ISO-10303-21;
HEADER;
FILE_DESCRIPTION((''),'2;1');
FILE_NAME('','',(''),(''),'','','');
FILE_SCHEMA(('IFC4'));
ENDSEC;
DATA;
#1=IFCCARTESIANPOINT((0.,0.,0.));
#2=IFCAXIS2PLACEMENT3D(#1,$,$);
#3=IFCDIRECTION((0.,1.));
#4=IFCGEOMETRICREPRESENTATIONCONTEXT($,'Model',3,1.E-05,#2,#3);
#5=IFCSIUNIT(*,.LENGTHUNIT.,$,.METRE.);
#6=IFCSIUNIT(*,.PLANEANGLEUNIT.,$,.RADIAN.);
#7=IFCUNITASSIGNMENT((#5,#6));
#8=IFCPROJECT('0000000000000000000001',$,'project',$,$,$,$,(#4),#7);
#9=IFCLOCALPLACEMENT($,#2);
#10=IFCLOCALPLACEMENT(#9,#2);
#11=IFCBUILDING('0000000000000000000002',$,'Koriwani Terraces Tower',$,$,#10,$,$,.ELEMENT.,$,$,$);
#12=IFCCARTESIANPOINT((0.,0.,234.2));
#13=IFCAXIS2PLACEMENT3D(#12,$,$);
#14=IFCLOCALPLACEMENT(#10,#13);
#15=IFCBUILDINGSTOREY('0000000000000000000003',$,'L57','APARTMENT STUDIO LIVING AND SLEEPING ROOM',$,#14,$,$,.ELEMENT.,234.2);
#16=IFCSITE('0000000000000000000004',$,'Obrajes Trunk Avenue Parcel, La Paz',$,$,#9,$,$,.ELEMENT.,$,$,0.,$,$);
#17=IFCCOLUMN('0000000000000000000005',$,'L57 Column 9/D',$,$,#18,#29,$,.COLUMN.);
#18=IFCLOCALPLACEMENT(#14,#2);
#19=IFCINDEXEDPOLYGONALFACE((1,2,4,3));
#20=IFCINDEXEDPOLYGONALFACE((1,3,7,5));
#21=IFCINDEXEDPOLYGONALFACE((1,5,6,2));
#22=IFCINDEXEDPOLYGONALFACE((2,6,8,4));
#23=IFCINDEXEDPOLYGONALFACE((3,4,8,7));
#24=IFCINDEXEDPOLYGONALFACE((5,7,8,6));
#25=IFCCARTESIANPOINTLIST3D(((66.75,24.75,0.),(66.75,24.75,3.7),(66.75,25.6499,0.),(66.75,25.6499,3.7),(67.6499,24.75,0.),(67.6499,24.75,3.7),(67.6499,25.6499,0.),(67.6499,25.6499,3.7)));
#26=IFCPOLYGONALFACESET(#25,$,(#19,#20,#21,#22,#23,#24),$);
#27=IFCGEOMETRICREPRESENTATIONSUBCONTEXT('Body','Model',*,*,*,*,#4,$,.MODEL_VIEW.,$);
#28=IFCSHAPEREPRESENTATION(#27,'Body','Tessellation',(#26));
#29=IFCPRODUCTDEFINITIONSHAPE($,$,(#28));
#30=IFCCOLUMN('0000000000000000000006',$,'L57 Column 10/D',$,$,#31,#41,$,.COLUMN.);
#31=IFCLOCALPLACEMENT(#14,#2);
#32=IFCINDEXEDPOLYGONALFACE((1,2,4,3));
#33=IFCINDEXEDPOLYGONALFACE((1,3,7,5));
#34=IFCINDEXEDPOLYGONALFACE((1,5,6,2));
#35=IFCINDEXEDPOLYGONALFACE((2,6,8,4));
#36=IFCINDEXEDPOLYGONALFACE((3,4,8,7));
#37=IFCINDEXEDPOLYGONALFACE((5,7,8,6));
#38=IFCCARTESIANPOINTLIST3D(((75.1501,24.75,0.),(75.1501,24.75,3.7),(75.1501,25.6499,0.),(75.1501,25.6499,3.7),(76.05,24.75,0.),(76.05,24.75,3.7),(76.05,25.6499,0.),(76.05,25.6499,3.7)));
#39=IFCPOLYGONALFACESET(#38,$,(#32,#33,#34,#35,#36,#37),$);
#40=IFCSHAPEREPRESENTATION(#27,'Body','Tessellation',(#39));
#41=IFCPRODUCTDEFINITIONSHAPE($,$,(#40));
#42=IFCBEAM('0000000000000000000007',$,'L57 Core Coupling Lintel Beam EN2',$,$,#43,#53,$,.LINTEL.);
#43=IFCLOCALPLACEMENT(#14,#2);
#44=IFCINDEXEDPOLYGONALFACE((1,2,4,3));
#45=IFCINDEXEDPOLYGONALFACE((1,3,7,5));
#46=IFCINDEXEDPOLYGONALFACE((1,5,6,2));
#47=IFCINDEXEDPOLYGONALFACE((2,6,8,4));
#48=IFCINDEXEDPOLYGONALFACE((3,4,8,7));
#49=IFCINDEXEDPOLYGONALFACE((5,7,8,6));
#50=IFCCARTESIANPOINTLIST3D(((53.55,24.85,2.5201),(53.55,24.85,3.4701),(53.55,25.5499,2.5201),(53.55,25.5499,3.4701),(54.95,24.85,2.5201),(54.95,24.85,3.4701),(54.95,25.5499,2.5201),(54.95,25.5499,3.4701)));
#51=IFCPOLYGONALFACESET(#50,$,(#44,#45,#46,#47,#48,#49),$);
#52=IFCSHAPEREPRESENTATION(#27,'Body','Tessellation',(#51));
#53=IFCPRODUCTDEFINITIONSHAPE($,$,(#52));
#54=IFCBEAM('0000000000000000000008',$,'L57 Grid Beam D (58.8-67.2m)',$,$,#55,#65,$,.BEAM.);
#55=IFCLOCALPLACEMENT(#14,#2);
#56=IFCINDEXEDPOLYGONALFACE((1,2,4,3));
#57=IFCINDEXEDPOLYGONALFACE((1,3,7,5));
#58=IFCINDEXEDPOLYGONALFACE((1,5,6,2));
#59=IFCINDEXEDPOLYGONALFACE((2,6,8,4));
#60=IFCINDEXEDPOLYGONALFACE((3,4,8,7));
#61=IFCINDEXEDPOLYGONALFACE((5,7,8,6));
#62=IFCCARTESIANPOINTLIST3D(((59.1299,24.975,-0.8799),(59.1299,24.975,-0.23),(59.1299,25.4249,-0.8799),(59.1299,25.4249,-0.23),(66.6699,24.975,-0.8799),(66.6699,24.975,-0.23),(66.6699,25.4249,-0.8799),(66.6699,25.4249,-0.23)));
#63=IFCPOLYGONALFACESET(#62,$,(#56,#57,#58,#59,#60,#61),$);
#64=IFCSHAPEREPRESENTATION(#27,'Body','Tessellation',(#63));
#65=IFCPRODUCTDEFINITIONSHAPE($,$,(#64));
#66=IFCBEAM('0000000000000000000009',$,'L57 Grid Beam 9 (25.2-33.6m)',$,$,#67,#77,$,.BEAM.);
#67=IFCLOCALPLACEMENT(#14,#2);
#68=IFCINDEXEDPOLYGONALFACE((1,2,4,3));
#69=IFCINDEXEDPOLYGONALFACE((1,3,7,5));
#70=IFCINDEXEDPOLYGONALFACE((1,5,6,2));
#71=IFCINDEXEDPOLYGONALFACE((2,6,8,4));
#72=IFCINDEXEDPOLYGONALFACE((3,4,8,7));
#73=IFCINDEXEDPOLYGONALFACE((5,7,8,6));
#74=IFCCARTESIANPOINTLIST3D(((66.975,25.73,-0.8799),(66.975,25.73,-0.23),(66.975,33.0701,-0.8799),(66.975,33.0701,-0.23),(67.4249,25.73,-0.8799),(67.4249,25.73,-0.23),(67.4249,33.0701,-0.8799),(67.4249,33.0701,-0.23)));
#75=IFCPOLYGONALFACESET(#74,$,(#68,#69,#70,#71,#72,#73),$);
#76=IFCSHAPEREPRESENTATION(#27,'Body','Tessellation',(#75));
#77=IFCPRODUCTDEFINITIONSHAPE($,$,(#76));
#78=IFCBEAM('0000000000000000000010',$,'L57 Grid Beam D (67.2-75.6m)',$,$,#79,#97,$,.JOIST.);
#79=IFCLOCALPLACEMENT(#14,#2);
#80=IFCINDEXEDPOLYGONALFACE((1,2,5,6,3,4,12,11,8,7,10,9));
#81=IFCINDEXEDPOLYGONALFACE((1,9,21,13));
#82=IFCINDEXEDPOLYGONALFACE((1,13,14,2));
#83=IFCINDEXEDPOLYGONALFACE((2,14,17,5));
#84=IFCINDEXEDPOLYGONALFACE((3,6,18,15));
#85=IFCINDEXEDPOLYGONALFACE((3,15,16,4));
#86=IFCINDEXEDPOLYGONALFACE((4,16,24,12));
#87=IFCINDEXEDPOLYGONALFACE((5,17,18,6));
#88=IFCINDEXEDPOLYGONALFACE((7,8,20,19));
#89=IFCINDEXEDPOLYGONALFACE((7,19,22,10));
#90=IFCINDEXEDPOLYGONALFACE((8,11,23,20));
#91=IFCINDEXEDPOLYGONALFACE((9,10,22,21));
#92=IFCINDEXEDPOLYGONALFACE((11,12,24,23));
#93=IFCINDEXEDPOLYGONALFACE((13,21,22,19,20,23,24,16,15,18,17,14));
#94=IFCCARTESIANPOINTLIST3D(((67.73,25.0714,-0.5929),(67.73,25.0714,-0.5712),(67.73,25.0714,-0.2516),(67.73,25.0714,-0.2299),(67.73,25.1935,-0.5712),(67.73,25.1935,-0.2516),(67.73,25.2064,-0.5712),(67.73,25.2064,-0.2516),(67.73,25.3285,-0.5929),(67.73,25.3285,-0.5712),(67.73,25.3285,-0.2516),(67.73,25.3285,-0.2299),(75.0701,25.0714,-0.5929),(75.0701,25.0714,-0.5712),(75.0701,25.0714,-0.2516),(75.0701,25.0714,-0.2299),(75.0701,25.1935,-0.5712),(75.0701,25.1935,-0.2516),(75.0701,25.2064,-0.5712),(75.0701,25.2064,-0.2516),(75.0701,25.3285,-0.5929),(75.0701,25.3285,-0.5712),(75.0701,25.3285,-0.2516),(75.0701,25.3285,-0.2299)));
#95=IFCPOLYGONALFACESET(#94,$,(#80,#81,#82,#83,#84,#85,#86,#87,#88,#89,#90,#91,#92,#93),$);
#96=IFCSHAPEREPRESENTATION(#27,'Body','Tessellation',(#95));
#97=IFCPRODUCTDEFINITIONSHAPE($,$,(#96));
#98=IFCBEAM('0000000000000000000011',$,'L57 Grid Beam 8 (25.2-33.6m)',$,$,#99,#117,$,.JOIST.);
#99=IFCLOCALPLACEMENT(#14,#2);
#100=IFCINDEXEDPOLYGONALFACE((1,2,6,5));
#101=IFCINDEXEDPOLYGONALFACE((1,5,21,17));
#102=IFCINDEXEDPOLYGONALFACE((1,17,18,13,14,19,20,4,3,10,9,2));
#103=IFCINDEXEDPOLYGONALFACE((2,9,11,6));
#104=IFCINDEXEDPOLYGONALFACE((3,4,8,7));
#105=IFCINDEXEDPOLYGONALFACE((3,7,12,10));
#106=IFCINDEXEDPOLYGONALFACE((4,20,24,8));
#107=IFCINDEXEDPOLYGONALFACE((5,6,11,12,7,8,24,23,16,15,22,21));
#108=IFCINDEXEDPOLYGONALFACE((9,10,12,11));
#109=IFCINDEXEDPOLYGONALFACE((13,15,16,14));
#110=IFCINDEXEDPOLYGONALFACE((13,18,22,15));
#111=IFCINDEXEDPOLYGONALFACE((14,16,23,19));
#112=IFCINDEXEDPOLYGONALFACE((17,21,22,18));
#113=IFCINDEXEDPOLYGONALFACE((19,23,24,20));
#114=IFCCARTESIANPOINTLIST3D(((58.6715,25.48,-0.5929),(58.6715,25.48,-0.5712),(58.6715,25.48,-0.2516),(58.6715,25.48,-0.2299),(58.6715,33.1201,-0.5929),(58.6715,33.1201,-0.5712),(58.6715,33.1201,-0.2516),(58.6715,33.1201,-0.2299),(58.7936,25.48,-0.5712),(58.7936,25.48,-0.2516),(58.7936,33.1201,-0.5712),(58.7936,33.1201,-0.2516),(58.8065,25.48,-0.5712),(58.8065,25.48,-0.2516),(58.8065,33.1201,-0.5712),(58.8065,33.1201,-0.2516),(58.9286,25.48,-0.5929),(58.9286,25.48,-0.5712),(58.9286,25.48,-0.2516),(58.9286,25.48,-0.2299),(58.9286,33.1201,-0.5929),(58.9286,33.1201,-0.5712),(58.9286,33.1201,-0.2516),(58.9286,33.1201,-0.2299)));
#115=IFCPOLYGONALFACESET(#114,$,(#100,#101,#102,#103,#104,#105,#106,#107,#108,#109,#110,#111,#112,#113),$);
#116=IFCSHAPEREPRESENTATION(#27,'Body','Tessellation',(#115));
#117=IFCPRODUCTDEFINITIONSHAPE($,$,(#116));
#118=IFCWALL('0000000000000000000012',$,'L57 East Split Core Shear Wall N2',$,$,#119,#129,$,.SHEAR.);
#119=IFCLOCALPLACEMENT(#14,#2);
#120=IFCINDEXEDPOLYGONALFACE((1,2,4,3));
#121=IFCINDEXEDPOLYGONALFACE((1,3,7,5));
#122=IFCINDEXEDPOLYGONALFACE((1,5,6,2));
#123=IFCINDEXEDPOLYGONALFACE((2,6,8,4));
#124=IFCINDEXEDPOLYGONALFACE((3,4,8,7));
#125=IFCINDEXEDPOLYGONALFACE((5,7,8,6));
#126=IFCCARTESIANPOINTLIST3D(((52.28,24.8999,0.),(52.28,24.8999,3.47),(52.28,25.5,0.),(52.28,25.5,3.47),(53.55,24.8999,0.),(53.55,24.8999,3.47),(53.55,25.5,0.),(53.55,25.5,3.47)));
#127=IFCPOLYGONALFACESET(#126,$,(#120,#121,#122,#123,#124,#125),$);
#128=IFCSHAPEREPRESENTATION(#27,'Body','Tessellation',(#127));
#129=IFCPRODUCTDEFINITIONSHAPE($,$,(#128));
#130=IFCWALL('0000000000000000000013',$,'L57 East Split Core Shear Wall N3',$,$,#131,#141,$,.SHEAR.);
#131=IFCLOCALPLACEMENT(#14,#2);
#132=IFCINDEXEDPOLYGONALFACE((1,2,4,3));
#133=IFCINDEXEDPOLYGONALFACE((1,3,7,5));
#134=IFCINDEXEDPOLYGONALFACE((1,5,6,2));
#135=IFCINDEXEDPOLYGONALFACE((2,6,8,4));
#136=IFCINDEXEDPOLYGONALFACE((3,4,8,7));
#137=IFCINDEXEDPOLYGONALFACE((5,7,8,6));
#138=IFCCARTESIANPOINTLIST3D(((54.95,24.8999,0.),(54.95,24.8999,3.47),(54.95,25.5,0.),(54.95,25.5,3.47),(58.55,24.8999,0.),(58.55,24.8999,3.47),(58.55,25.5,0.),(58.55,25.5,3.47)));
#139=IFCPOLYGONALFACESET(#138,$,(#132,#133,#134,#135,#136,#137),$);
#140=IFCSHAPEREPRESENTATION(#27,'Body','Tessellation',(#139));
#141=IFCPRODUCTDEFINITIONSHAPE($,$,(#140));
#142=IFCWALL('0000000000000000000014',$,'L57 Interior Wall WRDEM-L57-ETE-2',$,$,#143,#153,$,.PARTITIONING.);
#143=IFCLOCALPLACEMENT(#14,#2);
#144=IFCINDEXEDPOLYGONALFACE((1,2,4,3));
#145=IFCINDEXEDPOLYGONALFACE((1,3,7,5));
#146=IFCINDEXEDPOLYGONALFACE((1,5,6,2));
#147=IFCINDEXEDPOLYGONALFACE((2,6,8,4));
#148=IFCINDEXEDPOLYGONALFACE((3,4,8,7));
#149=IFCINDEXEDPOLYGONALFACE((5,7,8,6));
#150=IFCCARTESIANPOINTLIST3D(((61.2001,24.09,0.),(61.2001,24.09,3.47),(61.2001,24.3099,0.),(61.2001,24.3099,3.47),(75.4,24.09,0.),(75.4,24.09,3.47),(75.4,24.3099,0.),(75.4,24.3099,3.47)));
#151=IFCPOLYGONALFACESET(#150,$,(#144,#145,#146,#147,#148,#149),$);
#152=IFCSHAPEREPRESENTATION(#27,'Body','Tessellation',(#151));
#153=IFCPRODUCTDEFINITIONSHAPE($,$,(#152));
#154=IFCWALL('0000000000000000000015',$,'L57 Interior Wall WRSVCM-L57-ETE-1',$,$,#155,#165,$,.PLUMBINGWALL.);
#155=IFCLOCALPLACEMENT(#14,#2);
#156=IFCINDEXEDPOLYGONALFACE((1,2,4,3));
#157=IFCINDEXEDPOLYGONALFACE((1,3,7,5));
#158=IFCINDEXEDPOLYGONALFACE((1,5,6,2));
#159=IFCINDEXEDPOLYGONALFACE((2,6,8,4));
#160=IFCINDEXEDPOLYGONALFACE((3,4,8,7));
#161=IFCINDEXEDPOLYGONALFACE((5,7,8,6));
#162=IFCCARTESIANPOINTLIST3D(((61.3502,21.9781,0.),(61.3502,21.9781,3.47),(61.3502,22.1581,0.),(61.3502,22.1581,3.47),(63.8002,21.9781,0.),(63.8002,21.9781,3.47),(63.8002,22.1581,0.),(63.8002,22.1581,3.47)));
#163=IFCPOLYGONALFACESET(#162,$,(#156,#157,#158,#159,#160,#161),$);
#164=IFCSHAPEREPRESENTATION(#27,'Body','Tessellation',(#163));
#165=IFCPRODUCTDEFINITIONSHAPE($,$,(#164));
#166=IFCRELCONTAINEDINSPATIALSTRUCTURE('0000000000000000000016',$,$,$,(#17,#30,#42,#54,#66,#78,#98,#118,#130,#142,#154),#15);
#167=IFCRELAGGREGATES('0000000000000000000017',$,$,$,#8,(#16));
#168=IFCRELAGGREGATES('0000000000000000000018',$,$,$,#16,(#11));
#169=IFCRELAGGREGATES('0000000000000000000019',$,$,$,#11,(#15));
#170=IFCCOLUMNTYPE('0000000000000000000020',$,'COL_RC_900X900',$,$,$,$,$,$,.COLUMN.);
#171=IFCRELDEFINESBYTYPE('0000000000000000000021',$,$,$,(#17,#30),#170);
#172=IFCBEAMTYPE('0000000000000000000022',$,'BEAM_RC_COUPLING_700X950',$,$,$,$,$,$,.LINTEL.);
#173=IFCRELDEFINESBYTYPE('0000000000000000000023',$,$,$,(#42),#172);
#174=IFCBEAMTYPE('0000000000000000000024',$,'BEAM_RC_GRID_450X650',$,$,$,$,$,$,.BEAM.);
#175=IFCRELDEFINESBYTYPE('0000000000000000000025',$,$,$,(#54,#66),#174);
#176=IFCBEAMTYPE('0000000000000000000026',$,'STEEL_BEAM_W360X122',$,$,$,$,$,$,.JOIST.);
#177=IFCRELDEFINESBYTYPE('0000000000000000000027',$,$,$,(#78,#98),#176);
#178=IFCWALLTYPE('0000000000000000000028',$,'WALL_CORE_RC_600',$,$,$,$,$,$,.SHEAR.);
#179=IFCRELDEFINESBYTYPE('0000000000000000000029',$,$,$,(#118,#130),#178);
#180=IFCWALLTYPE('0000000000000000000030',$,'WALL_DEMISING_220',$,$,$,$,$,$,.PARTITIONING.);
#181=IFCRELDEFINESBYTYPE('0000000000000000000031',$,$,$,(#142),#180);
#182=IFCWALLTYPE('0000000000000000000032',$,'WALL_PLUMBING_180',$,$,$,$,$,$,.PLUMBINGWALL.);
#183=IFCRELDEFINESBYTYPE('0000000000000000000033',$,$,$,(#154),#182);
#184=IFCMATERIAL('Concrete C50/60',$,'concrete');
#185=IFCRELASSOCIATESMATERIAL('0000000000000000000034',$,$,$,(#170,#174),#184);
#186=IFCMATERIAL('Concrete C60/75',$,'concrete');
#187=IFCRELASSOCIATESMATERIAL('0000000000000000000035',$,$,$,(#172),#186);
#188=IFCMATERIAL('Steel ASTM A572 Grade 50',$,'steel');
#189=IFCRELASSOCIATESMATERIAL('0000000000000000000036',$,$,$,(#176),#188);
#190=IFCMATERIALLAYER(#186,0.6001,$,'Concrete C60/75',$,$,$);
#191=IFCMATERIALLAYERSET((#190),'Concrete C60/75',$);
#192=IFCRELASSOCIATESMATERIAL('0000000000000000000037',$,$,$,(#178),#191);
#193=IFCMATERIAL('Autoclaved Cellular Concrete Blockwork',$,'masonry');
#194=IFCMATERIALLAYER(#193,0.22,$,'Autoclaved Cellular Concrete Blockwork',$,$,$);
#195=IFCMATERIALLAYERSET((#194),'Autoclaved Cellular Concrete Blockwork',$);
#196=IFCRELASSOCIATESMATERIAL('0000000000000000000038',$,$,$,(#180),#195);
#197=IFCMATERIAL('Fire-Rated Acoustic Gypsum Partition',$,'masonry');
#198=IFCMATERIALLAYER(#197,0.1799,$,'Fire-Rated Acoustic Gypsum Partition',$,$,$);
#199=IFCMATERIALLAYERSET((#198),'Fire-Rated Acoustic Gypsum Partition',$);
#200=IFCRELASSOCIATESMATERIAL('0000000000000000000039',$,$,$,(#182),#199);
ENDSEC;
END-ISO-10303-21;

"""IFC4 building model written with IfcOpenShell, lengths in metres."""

from ifc_helpers import new_model, si_unit, direction, frame, frame_2d, origin, origin_2d, place, context, subcontext, project, spatial, rectangle, i_section, extrude, material, layer, layer_set, material_profile, profile_set, type_object, element, save


model = new_model("IFC4")

# Units and contexts
model_context = context("Model", 3, precision=1e-05, world=origin(), true_north=direction((0.0, 1.0)))
body_context = subcontext(model_context, "Body", "Model", "MODEL_VIEW")
ifc_project = project(units=[si_unit("LENGTHUNIT", "METRE"), si_unit("PLANEANGLEUNIT", "RADIAN")], contexts=[model_context])

# Site, building, storey
site_placement = place(None, origin())
site = spatial("IfcSite", under=ifc_project, at=site_placement, Name="Obrajes Trunk Avenue Parcel, La Paz", CompositionType="ELEMENT", RefElevation=0.0)
building_placement = place(site_placement, origin())
building = spatial("IfcBuilding", under=site, at=building_placement, Name="Koriwani Terraces Tower", CompositionType="ELEMENT")
storey_placement = place(building_placement, frame((0.0, 0.0, 234.2)))
storey = spatial("IfcBuildingStorey", under=building, at=storey_placement, Name="L57", Description="APARTMENT STUDIO LIVING AND SLEEPING ROOM", CompositionType="ELEMENT", Elevation=234.2)

# Columns
ifc_material_1 = material(Name="Concrete C50/60", Category="concrete")
ifc_material_profile_1 = material_profile(ifc_material_1, rectangle(XDim=0.8999, YDim=0.8999, at=origin_2d()), Name="Concrete C50/60", Category="LoadBearing")
ifc_profile_set_1 = profile_set([ifc_material_profile_1], Name="Concrete C50/60")
column_type = type_object("IfcColumnType", Name="COL_RC_900X900", PredefinedType="COLUMN", material=ifc_profile_set_1)
for number, where, z_axis, x_axis, name in (
    (1, (67.2, 25.2, 0.0), (0.0, 0.0, 1.0), (1.0, 0.0, 0.0), "L57 Column 9/D"),
    (2, (75.6001, 25.2, 0.0), (0.0, 0.0, 1.0), (1.0, 0.0, 0.0), "L57 Column 10/D"),
):
    element("IfcColumn", number, at=place(storey_placement, frame(where, z_axis=z_axis, x_axis=x_axis)), inside=storey, type_object=column_type, Name=name, PredefinedType="COLUMN", context=body_context, shape_type="SweptSolid", body=[
        extrude(rectangle(XDim=0.8999, YDim=0.8999, at=origin_2d()), origin(), (0.0, 0.0, 1.0), 3.7),
    ])

# Beams
ifc_material_2 = material(Name="Concrete C60/75", Category="concrete")
ifc_material_profile_2 = material_profile(ifc_material_2, rectangle(XDim=0.7, YDim=0.95, at=origin_2d()), Name="Concrete C60/75", Category="LoadBearing")
ifc_profile_set_2 = profile_set([ifc_material_profile_2], Name="Concrete C60/75")
beam_type_1 = type_object("IfcBeamType", Name="BEAM_RC_COUPLING_700X950", PredefinedType="LINTEL", material=ifc_profile_set_2)
beam_1_placement = place(storey_placement, frame((53.55, 25.2, 2.9951), z_axis=(1.0, 0.0, 0.0), x_axis=(0.0, 1.0, 0.0)))
element("IfcBeam", 3, at=beam_1_placement, inside=storey, type_object=beam_type_1, Name="L57 Core Coupling Lintel Beam EN2", PredefinedType="LINTEL", context=body_context, shape_type="SweptSolid", body=[
    extrude(rectangle(XDim=0.7, YDim=0.95, at=origin_2d()), origin(), (0.0, 0.0, 1.0), 1.3999),
])
ifc_material_profile_3 = material_profile(ifc_material_1, rectangle(XDim=0.45, YDim=0.6499, at=origin_2d()), Name="Concrete C50/60", Category="LoadBearing")
ifc_profile_set_3 = profile_set([ifc_material_profile_3], Name="Concrete C50/60")
beam_type_2 = type_object("IfcBeamType", Name="BEAM_RC_GRID_450X650", PredefinedType="BEAM", material=ifc_profile_set_3)
beam_2_placement = place(storey_placement, frame((59.1299, 25.2, -0.5549), z_axis=(1.0, 0.0, 0.0), x_axis=(0.0, 1.0, 0.0)))
element("IfcBeam", 4, at=beam_2_placement, inside=storey, type_object=beam_type_2, Name="L57 Grid Beam D (58.8-67.2m)", PredefinedType="BEAM", context=body_context, shape_type="SweptSolid", body=[
    extrude(rectangle(XDim=0.45, YDim=0.6499, at=origin_2d()), origin(), (0.0, 0.0, 1.0), 7.54),
])
beam_3_placement = place(storey_placement, frame((67.2, 25.73, -0.5549), z_axis=(0.0, 1.0, 0.0), x_axis=(-1.0, 0.0, 0.0)))
element("IfcBeam", 5, at=beam_3_placement, inside=storey, type_object=beam_type_2, Name="L57 Grid Beam 9 (25.2-33.6m)", PredefinedType="BEAM", context=body_context, shape_type="SweptSolid", body=[
    extrude(rectangle(XDim=0.45, YDim=0.6499, at=origin_2d()), origin(), (0.0, 0.0, 1.0), 7.3401),
])
ifc_material_3 = material(Name="Steel ASTM A572 Grade 50", Category="steel")
ifc_material_profile_4 = material_profile(ifc_material_3, i_section(OverallWidth=0.2571, OverallDepth=0.363, WebThickness=0.0129, FlangeThickness=0.0217, at=origin_2d()), Name="Steel ASTM A572 Grade 50", Category="LoadBearing")
ifc_profile_set_4 = profile_set([ifc_material_profile_4], Name="Steel ASTM A572 Grade 50")
beam_type_3 = type_object("IfcBeamType", Name="STEEL_BEAM_W360X122", PredefinedType="JOIST", material=ifc_profile_set_4)
beam_4_placement = place(storey_placement, frame((67.73, 25.2, -0.4114), z_axis=(1.0, 0.0, 0.0), x_axis=(0.0, 1.0, 0.0)))
element("IfcBeam", 6, at=beam_4_placement, inside=storey, type_object=beam_type_3, Name="L57 Grid Beam D (67.2-75.6m)", PredefinedType="JOIST", context=body_context, shape_type="SweptSolid", body=[
    extrude(i_section(OverallWidth=0.2571, OverallDepth=0.363, WebThickness=0.0129, FlangeThickness=0.0217, at=origin_2d()), origin(), (0.0, 0.0, 1.0), 7.3401),
])
beam_5_placement = place(storey_placement, frame((58.8, 25.48, -0.4114), z_axis=(0.0, 1.0, 0.0), x_axis=(-1.0, 0.0, 0.0)))
element("IfcBeam", 7, at=beam_5_placement, inside=storey, type_object=beam_type_3, Name="L57 Grid Beam 8 (25.2-33.6m)", PredefinedType="JOIST", context=body_context, shape_type="SweptSolid", body=[
    extrude(i_section(OverallWidth=0.2571, OverallDepth=0.363, WebThickness=0.0129, FlangeThickness=0.0217, at=origin_2d()), origin(), (0.0, 0.0, 1.0), 7.6401),
])

# Walls
ifc_layer_1 = layer(ifc_material_2, 0.6001, Name="Concrete C60/75")
ifc_layer_set_1 = layer_set([ifc_layer_1], Name="Concrete C60/75")
wall_type_1 = type_object("IfcWallType", Name="WALL_CORE_RC_600", PredefinedType="SHEAR", material=ifc_layer_set_1)
wall_1_placement = place(storey_placement, frame((52.28, 25.2, 0.0), z_axis=(0.0, 0.0, 1.0), x_axis=(1.0, 0.0, 0.0)))
element("IfcWall", 8, at=wall_1_placement, inside=storey, type_object=wall_type_1, Name="L57 East Split Core Shear Wall N2", PredefinedType="SHEAR", context=body_context, shape_type="SweptSolid", body=[
    extrude(rectangle(XDim=1.27, YDim=0.6001, at=frame_2d((0.635, 0.0))), origin(), (0.0, 0.0, 1.0), 3.47),
])
wall_2_placement = place(storey_placement, frame((54.95, 25.2, 0.0), z_axis=(0.0, 0.0, 1.0), x_axis=(1.0, 0.0, 0.0)))
element("IfcWall", 9, at=wall_2_placement, inside=storey, type_object=wall_type_1, Name="L57 East Split Core Shear Wall N3", PredefinedType="SHEAR", context=body_context, shape_type="SweptSolid", body=[
    extrude(rectangle(XDim=3.6001, YDim=0.6001, at=frame_2d((1.8, 0.0))), origin(), (0.0, 0.0, 1.0), 3.47),
])
ifc_material_4 = material(Name="Autoclaved Cellular Concrete Blockwork", Category="masonry")
ifc_layer_2 = layer(ifc_material_4, 0.22, Name="Autoclaved Cellular Concrete Blockwork")
ifc_layer_set_2 = layer_set([ifc_layer_2], Name="Autoclaved Cellular Concrete Blockwork")
wall_type_2 = type_object("IfcWallType", Name="WALL_DEMISING_220", PredefinedType="PARTITIONING", material=ifc_layer_set_2)
wall_3_placement = place(storey_placement, frame((61.2, 24.2, 0.0), z_axis=(0.0, 0.0, 1.0), x_axis=(1.0, 0.0, 0.0)))
element("IfcWall", 10, at=wall_3_placement, inside=storey, type_object=wall_type_2, Name="L57 Interior Wall WRDEM-L57-ETE-2", PredefinedType="PARTITIONING", context=body_context, shape_type="SweptSolid", body=[
    extrude(rectangle(XDim=14.2, YDim=0.22, at=frame_2d((7.1001, 0.0))), origin(), (0.0, 0.0, 1.0), 3.47),
])
ifc_material_5 = material(Name="Fire-Rated Acoustic Gypsum Partition", Category="masonry")
ifc_layer_3 = layer(ifc_material_5, 0.1799, Name="Fire-Rated Acoustic Gypsum Partition")
ifc_layer_set_3 = layer_set([ifc_layer_3], Name="Fire-Rated Acoustic Gypsum Partition")
wall_type_3 = type_object("IfcWallType", Name="WALL_PLUMBING_180", PredefinedType="PLUMBINGWALL", material=ifc_layer_set_3)
wall_4_placement = place(storey_placement, frame((61.3501, 22.0681, 0.0), z_axis=(0.0, 0.0, 1.0), x_axis=(1.0, 0.0, 0.0)))
element("IfcWall", 11, at=wall_4_placement, inside=storey, type_object=wall_type_3, Name="L57 Interior Wall WRSVCM-L57-ETE-1", PredefinedType="PLUMBINGWALL", context=body_context, shape_type="SweptSolid", body=[
    extrude(rectangle(XDim=2.45, YDim=0.1799, at=frame_2d((1.2251, 0.0))), origin(), (0.0, 0.0, 1.0), 3.47),
])

save(model, "model.ifc")
